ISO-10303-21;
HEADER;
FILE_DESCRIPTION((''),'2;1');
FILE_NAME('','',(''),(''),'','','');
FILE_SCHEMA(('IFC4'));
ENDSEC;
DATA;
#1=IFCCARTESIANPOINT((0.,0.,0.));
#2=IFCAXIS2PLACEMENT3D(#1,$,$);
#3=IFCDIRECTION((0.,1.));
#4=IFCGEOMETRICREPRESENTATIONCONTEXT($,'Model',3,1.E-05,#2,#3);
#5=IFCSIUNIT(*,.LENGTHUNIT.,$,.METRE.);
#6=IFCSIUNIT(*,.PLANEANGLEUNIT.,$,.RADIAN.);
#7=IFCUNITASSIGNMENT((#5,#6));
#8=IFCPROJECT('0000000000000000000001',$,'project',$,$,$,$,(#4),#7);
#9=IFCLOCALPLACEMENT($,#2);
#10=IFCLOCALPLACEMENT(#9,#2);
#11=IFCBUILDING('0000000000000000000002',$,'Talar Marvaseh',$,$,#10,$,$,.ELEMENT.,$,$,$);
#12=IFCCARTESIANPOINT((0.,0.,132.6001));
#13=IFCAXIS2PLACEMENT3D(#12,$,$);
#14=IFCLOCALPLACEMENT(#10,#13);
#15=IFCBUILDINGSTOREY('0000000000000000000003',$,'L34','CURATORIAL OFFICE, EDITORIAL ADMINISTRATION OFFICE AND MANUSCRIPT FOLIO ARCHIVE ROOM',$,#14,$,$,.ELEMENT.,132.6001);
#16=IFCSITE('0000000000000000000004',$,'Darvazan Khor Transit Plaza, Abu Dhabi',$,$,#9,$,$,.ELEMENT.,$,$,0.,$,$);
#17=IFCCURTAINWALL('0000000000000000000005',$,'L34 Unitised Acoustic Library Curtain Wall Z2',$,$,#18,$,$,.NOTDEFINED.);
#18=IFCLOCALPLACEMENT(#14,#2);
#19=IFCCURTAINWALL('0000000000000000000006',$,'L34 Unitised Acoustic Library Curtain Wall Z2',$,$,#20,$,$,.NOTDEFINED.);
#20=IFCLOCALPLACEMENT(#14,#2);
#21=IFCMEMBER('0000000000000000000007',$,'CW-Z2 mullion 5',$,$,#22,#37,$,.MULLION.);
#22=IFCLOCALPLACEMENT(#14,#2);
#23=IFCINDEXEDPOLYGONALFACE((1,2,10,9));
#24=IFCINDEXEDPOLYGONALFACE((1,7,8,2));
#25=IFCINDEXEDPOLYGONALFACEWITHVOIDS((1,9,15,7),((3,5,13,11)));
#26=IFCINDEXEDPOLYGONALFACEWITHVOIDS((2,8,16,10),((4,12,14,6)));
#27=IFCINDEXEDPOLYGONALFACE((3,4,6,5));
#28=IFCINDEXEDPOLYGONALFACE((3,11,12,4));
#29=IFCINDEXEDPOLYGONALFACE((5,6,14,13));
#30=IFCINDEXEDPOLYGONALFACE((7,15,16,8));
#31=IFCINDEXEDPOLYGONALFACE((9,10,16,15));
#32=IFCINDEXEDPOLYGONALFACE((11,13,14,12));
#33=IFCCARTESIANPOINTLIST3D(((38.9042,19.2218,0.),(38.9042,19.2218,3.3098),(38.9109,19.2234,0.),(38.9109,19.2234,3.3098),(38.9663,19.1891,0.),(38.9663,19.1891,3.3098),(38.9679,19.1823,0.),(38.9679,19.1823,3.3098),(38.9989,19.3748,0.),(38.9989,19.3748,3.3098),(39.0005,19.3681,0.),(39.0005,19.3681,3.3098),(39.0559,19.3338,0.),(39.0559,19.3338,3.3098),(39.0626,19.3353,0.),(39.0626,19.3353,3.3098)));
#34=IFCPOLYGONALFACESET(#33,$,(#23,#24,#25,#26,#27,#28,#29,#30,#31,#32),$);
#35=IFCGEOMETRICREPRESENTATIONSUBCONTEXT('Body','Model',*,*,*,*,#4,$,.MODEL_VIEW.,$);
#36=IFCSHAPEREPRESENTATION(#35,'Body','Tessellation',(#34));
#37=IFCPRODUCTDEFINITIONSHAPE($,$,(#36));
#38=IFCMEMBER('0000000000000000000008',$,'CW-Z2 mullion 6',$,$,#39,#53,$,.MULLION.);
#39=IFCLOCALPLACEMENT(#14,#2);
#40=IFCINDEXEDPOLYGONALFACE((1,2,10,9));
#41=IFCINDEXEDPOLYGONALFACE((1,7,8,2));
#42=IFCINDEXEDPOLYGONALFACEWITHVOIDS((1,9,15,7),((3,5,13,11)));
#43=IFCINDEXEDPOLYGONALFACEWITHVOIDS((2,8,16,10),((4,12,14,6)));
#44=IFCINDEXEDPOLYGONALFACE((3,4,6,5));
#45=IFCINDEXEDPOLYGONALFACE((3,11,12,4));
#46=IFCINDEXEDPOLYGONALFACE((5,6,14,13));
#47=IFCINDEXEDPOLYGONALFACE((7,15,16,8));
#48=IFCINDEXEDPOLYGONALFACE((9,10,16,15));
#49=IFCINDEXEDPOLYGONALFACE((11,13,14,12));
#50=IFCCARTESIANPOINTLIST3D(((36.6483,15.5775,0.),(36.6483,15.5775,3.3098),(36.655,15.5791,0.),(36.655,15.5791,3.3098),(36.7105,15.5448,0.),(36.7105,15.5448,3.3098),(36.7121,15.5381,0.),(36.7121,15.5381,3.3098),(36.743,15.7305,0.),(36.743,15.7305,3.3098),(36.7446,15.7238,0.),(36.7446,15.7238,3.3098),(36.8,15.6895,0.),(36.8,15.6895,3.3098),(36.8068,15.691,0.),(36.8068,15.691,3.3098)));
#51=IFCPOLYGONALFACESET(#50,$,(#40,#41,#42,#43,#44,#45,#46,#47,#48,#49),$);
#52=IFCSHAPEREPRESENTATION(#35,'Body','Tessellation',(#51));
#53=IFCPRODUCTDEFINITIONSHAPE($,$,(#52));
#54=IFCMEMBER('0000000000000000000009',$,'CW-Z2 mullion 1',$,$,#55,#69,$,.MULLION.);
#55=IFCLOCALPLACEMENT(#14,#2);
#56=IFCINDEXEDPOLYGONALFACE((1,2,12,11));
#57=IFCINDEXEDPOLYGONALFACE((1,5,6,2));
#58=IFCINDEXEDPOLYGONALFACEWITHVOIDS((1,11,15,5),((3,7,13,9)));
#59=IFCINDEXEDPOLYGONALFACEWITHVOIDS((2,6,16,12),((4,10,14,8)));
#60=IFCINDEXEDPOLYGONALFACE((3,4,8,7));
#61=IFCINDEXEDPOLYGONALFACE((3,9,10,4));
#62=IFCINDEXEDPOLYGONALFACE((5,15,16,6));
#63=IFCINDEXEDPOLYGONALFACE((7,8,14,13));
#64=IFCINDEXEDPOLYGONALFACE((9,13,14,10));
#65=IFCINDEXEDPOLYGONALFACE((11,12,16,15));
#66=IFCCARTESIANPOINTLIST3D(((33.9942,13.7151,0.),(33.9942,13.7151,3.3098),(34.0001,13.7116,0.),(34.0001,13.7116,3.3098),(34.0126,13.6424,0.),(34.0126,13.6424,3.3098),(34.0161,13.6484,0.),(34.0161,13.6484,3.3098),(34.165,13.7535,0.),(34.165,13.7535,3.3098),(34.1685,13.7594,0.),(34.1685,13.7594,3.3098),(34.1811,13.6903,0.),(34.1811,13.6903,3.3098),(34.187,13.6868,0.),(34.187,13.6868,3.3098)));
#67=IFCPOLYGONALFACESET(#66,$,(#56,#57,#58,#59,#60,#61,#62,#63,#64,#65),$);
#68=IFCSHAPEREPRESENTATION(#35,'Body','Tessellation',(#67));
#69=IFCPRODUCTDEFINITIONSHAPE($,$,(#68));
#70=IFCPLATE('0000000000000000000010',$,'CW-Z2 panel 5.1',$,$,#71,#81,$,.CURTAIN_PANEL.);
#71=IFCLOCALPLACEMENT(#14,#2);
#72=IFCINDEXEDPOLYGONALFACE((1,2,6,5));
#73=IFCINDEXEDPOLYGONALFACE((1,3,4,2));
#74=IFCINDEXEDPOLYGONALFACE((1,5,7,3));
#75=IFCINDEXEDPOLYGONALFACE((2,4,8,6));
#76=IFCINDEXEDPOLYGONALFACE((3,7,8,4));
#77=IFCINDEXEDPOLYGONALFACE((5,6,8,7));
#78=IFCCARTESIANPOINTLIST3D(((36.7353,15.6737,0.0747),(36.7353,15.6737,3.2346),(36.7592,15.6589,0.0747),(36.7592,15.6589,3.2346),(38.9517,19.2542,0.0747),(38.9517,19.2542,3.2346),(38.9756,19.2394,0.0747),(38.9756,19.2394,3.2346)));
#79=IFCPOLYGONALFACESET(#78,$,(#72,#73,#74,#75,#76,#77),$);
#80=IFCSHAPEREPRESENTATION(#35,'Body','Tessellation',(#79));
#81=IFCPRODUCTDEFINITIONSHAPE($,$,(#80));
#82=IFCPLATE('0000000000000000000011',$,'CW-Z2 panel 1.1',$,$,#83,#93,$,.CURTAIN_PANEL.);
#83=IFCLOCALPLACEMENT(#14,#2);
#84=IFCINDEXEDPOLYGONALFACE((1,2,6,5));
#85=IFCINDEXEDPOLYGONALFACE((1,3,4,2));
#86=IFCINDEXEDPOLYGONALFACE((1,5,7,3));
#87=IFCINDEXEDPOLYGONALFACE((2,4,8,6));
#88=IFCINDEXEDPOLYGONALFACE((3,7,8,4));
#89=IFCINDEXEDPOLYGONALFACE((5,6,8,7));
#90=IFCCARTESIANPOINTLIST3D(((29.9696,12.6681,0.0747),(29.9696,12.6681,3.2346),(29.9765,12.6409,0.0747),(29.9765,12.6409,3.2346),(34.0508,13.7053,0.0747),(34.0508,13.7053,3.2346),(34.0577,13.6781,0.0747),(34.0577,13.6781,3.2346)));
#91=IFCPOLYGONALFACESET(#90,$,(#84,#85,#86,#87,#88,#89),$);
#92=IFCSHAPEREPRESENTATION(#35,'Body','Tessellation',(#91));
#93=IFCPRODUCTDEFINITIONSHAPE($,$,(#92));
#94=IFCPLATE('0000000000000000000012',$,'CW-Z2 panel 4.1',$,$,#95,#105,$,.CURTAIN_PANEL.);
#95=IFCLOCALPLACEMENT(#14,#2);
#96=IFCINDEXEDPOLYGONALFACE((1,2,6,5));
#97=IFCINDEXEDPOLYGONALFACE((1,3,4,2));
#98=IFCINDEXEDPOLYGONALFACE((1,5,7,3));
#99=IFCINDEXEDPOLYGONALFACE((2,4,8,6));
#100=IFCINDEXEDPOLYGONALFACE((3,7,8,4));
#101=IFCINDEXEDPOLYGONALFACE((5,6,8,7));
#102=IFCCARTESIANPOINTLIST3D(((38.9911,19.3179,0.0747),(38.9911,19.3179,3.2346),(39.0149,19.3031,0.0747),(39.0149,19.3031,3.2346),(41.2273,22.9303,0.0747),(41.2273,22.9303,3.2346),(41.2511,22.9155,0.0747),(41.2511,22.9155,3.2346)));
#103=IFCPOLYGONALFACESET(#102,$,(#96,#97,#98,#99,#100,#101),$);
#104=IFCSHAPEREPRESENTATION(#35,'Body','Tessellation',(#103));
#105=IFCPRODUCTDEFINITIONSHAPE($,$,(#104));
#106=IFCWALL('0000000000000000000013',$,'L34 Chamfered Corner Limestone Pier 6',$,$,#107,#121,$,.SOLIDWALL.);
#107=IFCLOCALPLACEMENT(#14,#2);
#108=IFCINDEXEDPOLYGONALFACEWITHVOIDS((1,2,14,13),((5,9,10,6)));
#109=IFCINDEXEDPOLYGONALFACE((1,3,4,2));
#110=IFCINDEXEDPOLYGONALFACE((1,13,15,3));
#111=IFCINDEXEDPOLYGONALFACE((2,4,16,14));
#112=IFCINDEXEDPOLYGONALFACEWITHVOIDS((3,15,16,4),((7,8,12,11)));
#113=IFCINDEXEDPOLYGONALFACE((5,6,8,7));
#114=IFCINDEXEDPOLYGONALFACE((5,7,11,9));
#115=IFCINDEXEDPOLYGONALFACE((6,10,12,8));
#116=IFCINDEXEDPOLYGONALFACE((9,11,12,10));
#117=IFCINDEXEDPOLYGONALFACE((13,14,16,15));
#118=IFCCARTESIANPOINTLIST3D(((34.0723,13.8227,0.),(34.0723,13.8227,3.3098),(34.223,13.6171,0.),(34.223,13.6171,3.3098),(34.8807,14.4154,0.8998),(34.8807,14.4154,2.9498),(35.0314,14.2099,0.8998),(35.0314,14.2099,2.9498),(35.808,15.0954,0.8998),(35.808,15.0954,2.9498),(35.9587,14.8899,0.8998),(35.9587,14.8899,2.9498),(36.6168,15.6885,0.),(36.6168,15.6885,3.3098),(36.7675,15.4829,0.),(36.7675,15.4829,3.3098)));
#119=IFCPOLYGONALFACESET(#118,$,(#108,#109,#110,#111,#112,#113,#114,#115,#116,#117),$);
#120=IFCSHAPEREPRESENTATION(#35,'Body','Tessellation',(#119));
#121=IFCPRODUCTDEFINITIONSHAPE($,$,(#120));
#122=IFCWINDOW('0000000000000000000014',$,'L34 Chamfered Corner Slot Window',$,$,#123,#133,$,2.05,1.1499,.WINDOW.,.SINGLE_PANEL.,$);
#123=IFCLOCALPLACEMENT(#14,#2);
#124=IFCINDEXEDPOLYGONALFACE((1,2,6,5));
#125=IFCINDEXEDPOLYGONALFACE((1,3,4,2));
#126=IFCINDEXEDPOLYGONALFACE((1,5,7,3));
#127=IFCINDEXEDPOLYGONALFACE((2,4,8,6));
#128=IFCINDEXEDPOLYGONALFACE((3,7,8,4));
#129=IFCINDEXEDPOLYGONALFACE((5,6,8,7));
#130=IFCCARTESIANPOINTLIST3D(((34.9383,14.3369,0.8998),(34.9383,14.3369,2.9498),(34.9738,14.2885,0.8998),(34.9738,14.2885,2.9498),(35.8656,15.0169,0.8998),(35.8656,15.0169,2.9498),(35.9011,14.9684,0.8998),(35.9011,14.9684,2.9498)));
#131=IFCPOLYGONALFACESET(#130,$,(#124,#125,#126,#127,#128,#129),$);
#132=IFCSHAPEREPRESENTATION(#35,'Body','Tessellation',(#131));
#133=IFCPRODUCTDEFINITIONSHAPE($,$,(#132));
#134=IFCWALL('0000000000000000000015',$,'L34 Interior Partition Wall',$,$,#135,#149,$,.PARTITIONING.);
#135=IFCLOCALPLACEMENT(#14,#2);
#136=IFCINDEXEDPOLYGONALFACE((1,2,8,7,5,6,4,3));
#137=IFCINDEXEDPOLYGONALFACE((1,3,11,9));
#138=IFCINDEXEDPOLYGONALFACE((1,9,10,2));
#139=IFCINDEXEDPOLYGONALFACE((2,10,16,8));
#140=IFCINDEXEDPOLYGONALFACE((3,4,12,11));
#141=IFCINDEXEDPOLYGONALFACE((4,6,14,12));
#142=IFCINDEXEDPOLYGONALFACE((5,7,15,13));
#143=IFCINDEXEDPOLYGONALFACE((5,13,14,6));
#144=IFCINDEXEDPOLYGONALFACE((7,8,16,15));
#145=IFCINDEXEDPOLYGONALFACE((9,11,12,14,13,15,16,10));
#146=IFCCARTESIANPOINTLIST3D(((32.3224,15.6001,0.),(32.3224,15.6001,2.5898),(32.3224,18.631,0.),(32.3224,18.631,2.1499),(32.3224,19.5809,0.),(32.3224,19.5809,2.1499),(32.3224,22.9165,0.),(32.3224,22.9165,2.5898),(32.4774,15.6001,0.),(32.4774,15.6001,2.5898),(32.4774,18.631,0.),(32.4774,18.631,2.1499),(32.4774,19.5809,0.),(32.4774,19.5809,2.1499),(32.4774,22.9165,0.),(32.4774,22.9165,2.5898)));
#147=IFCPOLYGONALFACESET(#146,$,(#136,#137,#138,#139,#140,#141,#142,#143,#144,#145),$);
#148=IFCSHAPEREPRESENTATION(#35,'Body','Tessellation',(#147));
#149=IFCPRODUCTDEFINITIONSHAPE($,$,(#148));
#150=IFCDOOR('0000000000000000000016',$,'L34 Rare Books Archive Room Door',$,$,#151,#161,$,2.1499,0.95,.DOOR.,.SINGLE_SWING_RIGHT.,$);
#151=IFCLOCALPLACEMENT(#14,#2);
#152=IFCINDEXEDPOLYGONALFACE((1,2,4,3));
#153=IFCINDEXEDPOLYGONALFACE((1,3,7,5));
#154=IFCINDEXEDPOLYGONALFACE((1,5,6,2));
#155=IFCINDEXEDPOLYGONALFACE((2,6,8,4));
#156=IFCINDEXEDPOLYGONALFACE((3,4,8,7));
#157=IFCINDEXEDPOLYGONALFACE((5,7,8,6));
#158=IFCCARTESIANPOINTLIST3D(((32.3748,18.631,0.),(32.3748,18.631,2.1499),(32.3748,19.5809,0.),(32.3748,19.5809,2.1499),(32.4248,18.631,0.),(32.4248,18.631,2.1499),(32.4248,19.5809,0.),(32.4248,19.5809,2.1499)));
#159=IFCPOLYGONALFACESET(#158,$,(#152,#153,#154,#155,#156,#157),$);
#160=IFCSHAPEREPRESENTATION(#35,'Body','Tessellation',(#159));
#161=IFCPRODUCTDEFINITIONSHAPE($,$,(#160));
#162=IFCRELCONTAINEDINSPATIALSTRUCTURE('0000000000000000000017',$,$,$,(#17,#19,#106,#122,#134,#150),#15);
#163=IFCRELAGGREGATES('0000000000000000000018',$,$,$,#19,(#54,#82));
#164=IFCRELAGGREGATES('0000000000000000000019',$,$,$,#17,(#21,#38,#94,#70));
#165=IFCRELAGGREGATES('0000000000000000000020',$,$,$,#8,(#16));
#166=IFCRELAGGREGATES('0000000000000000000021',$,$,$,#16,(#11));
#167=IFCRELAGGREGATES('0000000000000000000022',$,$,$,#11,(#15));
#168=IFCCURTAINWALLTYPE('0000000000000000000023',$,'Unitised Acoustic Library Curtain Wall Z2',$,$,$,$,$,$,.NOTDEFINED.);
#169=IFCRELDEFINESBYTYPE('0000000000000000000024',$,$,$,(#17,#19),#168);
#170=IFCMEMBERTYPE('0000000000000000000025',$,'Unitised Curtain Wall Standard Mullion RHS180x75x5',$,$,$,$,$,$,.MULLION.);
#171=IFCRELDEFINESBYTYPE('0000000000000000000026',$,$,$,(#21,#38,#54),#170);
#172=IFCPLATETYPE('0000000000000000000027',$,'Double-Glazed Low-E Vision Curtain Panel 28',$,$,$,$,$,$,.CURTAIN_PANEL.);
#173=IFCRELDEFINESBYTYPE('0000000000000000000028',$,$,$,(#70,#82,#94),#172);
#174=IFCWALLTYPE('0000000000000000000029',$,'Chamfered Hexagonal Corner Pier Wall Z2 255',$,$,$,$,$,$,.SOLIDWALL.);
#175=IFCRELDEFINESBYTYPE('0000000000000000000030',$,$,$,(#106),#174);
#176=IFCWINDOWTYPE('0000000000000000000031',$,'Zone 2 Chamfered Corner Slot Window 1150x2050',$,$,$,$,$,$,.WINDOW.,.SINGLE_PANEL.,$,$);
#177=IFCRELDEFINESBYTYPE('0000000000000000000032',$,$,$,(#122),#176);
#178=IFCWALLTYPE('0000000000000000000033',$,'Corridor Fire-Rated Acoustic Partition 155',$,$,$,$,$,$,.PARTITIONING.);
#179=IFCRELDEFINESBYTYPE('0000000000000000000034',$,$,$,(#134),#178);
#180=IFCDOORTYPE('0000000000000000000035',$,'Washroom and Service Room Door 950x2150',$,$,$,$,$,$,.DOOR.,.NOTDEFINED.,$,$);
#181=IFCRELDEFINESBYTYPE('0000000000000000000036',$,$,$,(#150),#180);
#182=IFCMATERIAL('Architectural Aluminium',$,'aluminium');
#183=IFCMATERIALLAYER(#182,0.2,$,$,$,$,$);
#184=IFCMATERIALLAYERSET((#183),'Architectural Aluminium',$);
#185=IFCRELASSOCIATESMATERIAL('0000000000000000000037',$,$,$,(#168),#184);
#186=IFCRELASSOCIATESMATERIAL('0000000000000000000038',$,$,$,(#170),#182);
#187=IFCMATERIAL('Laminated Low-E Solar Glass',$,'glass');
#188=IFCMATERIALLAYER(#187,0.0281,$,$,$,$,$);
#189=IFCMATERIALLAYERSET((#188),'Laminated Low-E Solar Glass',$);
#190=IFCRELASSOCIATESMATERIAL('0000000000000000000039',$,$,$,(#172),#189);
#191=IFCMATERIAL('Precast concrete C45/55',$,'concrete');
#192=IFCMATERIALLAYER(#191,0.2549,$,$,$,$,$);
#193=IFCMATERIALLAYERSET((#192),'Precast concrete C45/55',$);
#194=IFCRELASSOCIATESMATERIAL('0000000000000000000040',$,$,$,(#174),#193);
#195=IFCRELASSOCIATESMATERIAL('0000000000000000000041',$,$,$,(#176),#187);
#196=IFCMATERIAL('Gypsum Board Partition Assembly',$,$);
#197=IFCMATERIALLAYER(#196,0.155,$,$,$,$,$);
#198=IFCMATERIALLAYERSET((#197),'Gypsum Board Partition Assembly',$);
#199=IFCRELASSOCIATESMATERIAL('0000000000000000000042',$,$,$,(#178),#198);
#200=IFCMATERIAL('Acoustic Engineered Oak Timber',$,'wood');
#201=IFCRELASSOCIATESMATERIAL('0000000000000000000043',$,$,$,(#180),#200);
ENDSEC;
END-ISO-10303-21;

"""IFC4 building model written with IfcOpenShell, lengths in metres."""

from ifc_helpers import new_model, si_unit, direction, frame, frame_2d, origin, origin_2d, place, context, subcontext, project, spatial, rectangle, hollow_rectangle, extrude, source, transform, mapped, material, layer, layer_set, material_profile, profile_set, type_object, type_shapes, element, fill, aggregate, save


model = new_model("IFC4")

# Units and contexts
model_context = context("Model", 3, precision=1e-05, world=origin(), true_north=direction((0.0, 1.0)))
body_context = subcontext(model_context, "Body", "Model", "MODEL_VIEW")
ifc_project = project(units=[si_unit("LENGTHUNIT", "METRE"), si_unit("PLANEANGLEUNIT", "RADIAN")], contexts=[model_context])

# Site, building, storey
site_placement = place(None, origin())
site = spatial("IfcSite", under=ifc_project, at=site_placement, Name="Darvazan Khor Transit Plaza, Abu Dhabi", CompositionType="ELEMENT", RefElevation=0.0)
building_placement = place(site_placement, origin())
building = spatial("IfcBuilding", under=site, at=building_placement, Name="Talar Marvaseh", CompositionType="ELEMENT")
storey_placement = place(building_placement, frame((0.0, 0.0, 132.6001)))
storey = spatial("IfcBuildingStorey", under=building, at=storey_placement, Name="L34", Description="CURATORIAL OFFICE, EDITORIAL ADMINISTRATION OFFICE AND MANUSCRIPT FOLIO ARCHIVE ROOM", CompositionType="ELEMENT", Elevation=132.6001)

# Curtain walls
ifc_material_1 = material(Name="Architectural Aluminium", Category="aluminium")
ifc_layer_1 = layer(ifc_material_1, 0.2)
ifc_layer_set_1 = layer_set([ifc_layer_1], Name="Architectural Aluminium")
curtain_wall_type = type_object("IfcCurtainWallType", Name="Unitised Acoustic Library Curtain Wall Z2", PredefinedType="NOTDEFINED", material=ifc_layer_set_1)
curtain_wall_1_placement = place(storey_placement, origin())
curtain_wall_1 = element("IfcCurtainWall", 1, at=curtain_wall_1_placement, inside=storey, type_object=curtain_wall_type, Name="L34 Unitised Acoustic Library Curtain Wall Z2", PredefinedType="NOTDEFINED")
curtain_wall_2_placement = place(storey_placement, origin())
curtain_wall_2 = element("IfcCurtainWall", 2, at=curtain_wall_2_placement, inside=storey, type_object=curtain_wall_type, Name="L34 Unitised Acoustic Library Curtain Wall Z2", PredefinedType="NOTDEFINED")

# Members
ifc_material_profile_1 = material_profile(ifc_material_1, hollow_rectangle(XDim=0.075, YDim=0.1799, WallThickness=0.0049, at=origin_2d()), Name="RHS180x75x5")
ifc_profile_set_1 = profile_set([ifc_material_profile_1], Name="Architectural Aluminium")
member_type_1 = type_object("IfcMemberType", Name="Unitised Curtain Wall Standard Mullion RHS180x75x5", PredefinedType="MULLION", material=ifc_profile_set_1)
shared_shape_1 = source(origin(), body_context, "Body", "SweptSolid", [
    extrude(hollow_rectangle(XDim=0.075, YDim=0.1799, WallThickness=0.0049, at=origin_2d()), origin(), (0.0, 0.0, 1.0), 3.3098),
])
type_shapes(member_type_1, [shared_shape_1])
member_1_placement = place(storey_placement, frame((38.9834, 19.2786, 0.0), z_axis=(0.0, 0.0, 1.0), x_axis=(0.850272, -0.526343, 0.0)))
member_1 = element("IfcMember", 3, at=member_1_placement, type_object=member_type_1, Name="CW-Z2 mullion 5", PredefinedType="MULLION", context=body_context, shape_type="MappedRepresentation", body=[
    mapped(shared_shape_1, transform((0.0, 0.0, 0.0), x_axis=(1.0, 0.0, 0.0), y_axis=(0.0, 1.0, 0.0), z_axis=(0.0, 0.0, 1.0), scale=1.0)),
])
member_2_placement = place(storey_placement, frame((36.7275, 15.6343, 0.0), z_axis=(0.0, 0.0, 1.0), x_axis=(0.850272, -0.526343, 0.0)))
member_2 = element("IfcMember", 4, at=member_2_placement, type_object=member_type_1, Name="CW-Z2 mullion 6", PredefinedType="MULLION", context=body_context, shape_type="MappedRepresentation", body=[
    mapped(shared_shape_1, transform((0.0, 0.0, 0.0), x_axis=(1.0, 0.0, 0.0), y_axis=(0.0, 1.0, 0.0), z_axis=(0.0, 0.0, 1.0), scale=1.0)),
])
member_3_placement = place(storey_placement, frame((34.0906, 13.7009, 0.0), z_axis=(0.0, 0.0, 1.0), x_axis=(0.246303, -0.969193, 0.0)))
member_3 = element("IfcMember", 5, at=member_3_placement, type_object=member_type_1, Name="CW-Z2 mullion 1", PredefinedType="MULLION", context=body_context, shape_type="MappedRepresentation", body=[
    mapped(shared_shape_1, transform((0.0, 0.0, 0.0), x_axis=(1.0, 0.0, 0.0), y_axis=(0.0, 1.0, 0.0), z_axis=(0.0, 0.0, 1.0), scale=1.0)),
])

# Plates
ifc_material_2 = material(Name="Laminated Low-E Solar Glass", Category="glass")
ifc_layer_2 = layer(ifc_material_2, 0.0281)
ifc_layer_set_2 = layer_set([ifc_layer_2], Name="Laminated Low-E Solar Glass")
plate_type = type_object("IfcPlateType", Name="Double-Glazed Low-E Vision Curtain Panel 28", PredefinedType="CURTAIN_PANEL", material=ifc_layer_set_2)
shared_shape_2 = source(origin(), body_context, "Body", "SweptSolid", [
    extrude(rectangle(XDim=4.2109, YDim=0.0281, at=origin_2d()), origin(), (0.0, 0.0, 1.0), 3.1599),
])
plate_1_placement = place(storey_placement, frame((37.8555, 17.4565, 0.0747), z_axis=(0.0, 0.0, 1.0), x_axis=(-0.526343, -0.850272, 0.0)))
plate_1 = element("IfcPlate", 6, at=plate_1_placement, type_object=plate_type, Name="CW-Z2 panel 5.1", PredefinedType="CURTAIN_PANEL", context=body_context, shape_type="MappedRepresentation", body=[
    mapped(shared_shape_2, transform((0.0, 0.0, 0.0), x_axis=(1.0, 0.0, 0.0), y_axis=(0.0, 1.0, 0.0), z_axis=(0.0, 0.0, 1.0), scale=1.0)),
])
plate_2_placement = place(storey_placement, frame((32.0137, 13.1731, 0.0747), z_axis=(0.0, 0.0, 1.0), x_axis=(-0.969193, -0.246303, 0.0)))
plate_2 = element("IfcPlate", 7, at=plate_2_placement, type_object=plate_type, Name="CW-Z2 panel 1.1", PredefinedType="CURTAIN_PANEL", context=body_context, shape_type="MappedRepresentation", body=[
    mapped(shared_shape_2, transform((0.0, 0.0, 0.0), x_axis=(1.0, 0.0, 0.0), y_axis=(0.0, 1.0, 0.0), z_axis=(0.0, 0.0, 1.0), scale=1.0)),
])
aggregate(curtain_wall_2, [member_3, plate_2])
shared_shape_3 = source(origin(), body_context, "Body", "SweptSolid", [
    extrude(rectangle(XDim=4.2485, YDim=0.0281, at=origin_2d()), origin(), (0.0, 0.0, 1.0), 3.1599),
])
type_shapes(plate_type, [shared_shape_2, shared_shape_3])
plate_3_placement = place(storey_placement, frame((40.1211, 21.1167, 0.0747), z_axis=(0.0, 0.0, 1.0), x_axis=(-0.526343, -0.850272, 0.0)))
plate_3 = element("IfcPlate", 8, at=plate_3_placement, type_object=plate_type, Name="CW-Z2 panel 4.1", PredefinedType="CURTAIN_PANEL", context=body_context, shape_type="MappedRepresentation", body=[
    mapped(shared_shape_3, transform((0.0, 0.0, 0.0), x_axis=(1.0, 0.0, 0.0), y_axis=(0.0, 1.0, 0.0), z_axis=(0.0, 0.0, 1.0), scale=1.0)),
])
aggregate(curtain_wall_1, [member_1, member_2, plate_3, plate_1])

# Wall, opening, window
ifc_material_3 = material(Name="Precast concrete C45/55", Category="concrete")
ifc_layer_3 = layer(ifc_material_3, 0.2549)
ifc_layer_set_3 = layer_set([ifc_layer_3], Name="Precast concrete C45/55")
wall_type_1 = type_object("IfcWallType", Name="Chamfered Hexagonal Corner Pier Wall Z2 255", PredefinedType="SOLIDWALL", material=ifc_layer_set_3)
wall_1_placement = place(storey_placement, frame((36.6921, 15.5857, 0.0), z_axis=(0.0, 0.0, 1.0), x_axis=(-0.806435, -0.591323, 0.0)))
wall_1 = element("IfcWall", 9, at=wall_1_placement, inside=storey, type_object=wall_type_1, Name="L34 Chamfered Corner Limestone Pier 6", PredefinedType="SOLIDWALL", context=body_context, shape_type="SweptSolid", body=[
    extrude(rectangle(XDim=3.1553, YDim=0.2549, at=frame_2d((1.5776, 0.0))), origin(), (0.0, 0.0, 1.0), 3.3098),
])
opening_1_placement = place(wall_1_placement, frame((1.0029, 0.0, 0.8999)))
opening_1 = element("IfcOpeningElement", 10, at=opening_1_placement, cuts=wall_1, PredefinedType="OPENING", context=body_context, shape_type="SweptSolid", body=[
    extrude(rectangle(XDim=1.1499, YDim=2.05, at=frame_2d((0.575, 1.0249))), frame((0.0, 0.1375, 0.0), z_axis=(0.0, -1.0, 0.0), x_axis=(1.0, 0.0, 0.0)), (0.0, 0.0, 1.0), 0.2749),
])
window_type = type_object("IfcWindowType", Name="Zone 2 Chamfered Corner Slot Window 1150x2050", PartitioningType="SINGLE_PANEL", PredefinedType="WINDOW", material=ifc_material_2)
shared_shape_4 = source(origin(), body_context, "Body", "SweptSolid", [
    extrude(rectangle(XDim=1.1499, YDim=2.05, at=frame_2d((0.575, 1.0249))), frame((0.0, 0.03, 0.0), z_axis=(0.0, -1.0, 0.0), x_axis=(1.0, 0.0, 0.0)), (0.0, 0.0, 1.0), 0.0601),
])
type_shapes(window_type, [shared_shape_4])
window_placement = place(opening_1_placement, origin())
window = element("IfcWindow", 11, at=window_placement, inside=storey, type_object=window_type, Name="L34 Chamfered Corner Slot Window", OverallHeight=2.05, OverallWidth=1.1499, PartitioningType="SINGLE_PANEL", PredefinedType="WINDOW", context=body_context, shape_type="MappedRepresentation", body=[
    mapped(shared_shape_4, transform((0.0, 0.0, 0.0), x_axis=(1.0, 0.0, 0.0), y_axis=(0.0, 1.0, 0.0), z_axis=(0.0, 0.0, 1.0), scale=1.0)),
])
fill(opening_1, window)

# Wall, opening, door
ifc_material_4 = material(Name="Gypsum Board Partition Assembly")
ifc_layer_4 = layer(ifc_material_4, 0.155)
ifc_layer_set_4 = layer_set([ifc_layer_4], Name="Gypsum Board Partition Assembly")
wall_type_2 = type_object("IfcWallType", Name="Corridor Fire-Rated Acoustic Partition 155", PredefinedType="PARTITIONING", material=ifc_layer_set_4)
wall_2_placement = place(storey_placement, frame((32.3999, 22.9165, 0.0), z_axis=(0.0, 0.0, 1.0), x_axis=(0.0, -1.0, 0.0)))
wall_2 = element("IfcWall", 12, at=wall_2_placement, inside=storey, type_object=wall_type_2, Name="L34 Interior Partition Wall", PredefinedType="PARTITIONING", context=body_context, shape_type="SweptSolid", body=[
    extrude(rectangle(XDim=7.3164, YDim=0.155, at=frame_2d((3.6582, 0.0))), origin(), (0.0, 0.0, 1.0), 2.5898),
])
opening_2_placement = place(wall_2_placement, frame((3.3354, 0.0, 0.0)))
opening_2 = element("IfcOpeningElement", 13, at=opening_2_placement, cuts=wall_2, PredefinedType="OPENING", context=body_context, shape_type="SweptSolid", body=[
    extrude(rectangle(XDim=0.95, YDim=2.1499, at=frame_2d((0.4751, 1.075))), frame((0.0, 0.0874, 0.0), z_axis=(0.0, -1.0, 0.0), x_axis=(1.0, 0.0, 0.0)), (0.0, 0.0, 1.0), 0.175),
])
ifc_material_5 = material(Name="Acoustic Engineered Oak Timber", Category="wood")
door_type = type_object("IfcDoorType", Name="Washroom and Service Room Door 950x2150", OperationType="NOTDEFINED", PredefinedType="DOOR", material=ifc_material_5)
shared_shape_5 = source(origin(), body_context, "Body", "SweptSolid", [
    extrude(rectangle(XDim=0.95, YDim=2.1499, at=frame_2d((0.4751, 1.075))), frame((0.0, 0.0249, 0.0), z_axis=(0.0, -1.0, 0.0), x_axis=(1.0, 0.0, 0.0)), (0.0, 0.0, 1.0), 0.05),
])
type_shapes(door_type, [shared_shape_5])
door_placement = place(opening_2_placement, origin())
door = element("IfcDoor", 14, at=door_placement, inside=storey, type_object=door_type, Name="L34 Rare Books Archive Room Door", OperationType="SINGLE_SWING_RIGHT", OverallHeight=2.1499, OverallWidth=0.95, PredefinedType="DOOR", context=body_context, shape_type="MappedRepresentation", body=[
    mapped(shared_shape_5, transform((0.0, 0.0, 0.0), x_axis=(1.0, 0.0, 0.0), y_axis=(0.0, 1.0, 0.0), z_axis=(0.0, 0.0, 1.0), scale=1.0)),
])
fill(opening_2, door)

save(model, "model.ifc")
